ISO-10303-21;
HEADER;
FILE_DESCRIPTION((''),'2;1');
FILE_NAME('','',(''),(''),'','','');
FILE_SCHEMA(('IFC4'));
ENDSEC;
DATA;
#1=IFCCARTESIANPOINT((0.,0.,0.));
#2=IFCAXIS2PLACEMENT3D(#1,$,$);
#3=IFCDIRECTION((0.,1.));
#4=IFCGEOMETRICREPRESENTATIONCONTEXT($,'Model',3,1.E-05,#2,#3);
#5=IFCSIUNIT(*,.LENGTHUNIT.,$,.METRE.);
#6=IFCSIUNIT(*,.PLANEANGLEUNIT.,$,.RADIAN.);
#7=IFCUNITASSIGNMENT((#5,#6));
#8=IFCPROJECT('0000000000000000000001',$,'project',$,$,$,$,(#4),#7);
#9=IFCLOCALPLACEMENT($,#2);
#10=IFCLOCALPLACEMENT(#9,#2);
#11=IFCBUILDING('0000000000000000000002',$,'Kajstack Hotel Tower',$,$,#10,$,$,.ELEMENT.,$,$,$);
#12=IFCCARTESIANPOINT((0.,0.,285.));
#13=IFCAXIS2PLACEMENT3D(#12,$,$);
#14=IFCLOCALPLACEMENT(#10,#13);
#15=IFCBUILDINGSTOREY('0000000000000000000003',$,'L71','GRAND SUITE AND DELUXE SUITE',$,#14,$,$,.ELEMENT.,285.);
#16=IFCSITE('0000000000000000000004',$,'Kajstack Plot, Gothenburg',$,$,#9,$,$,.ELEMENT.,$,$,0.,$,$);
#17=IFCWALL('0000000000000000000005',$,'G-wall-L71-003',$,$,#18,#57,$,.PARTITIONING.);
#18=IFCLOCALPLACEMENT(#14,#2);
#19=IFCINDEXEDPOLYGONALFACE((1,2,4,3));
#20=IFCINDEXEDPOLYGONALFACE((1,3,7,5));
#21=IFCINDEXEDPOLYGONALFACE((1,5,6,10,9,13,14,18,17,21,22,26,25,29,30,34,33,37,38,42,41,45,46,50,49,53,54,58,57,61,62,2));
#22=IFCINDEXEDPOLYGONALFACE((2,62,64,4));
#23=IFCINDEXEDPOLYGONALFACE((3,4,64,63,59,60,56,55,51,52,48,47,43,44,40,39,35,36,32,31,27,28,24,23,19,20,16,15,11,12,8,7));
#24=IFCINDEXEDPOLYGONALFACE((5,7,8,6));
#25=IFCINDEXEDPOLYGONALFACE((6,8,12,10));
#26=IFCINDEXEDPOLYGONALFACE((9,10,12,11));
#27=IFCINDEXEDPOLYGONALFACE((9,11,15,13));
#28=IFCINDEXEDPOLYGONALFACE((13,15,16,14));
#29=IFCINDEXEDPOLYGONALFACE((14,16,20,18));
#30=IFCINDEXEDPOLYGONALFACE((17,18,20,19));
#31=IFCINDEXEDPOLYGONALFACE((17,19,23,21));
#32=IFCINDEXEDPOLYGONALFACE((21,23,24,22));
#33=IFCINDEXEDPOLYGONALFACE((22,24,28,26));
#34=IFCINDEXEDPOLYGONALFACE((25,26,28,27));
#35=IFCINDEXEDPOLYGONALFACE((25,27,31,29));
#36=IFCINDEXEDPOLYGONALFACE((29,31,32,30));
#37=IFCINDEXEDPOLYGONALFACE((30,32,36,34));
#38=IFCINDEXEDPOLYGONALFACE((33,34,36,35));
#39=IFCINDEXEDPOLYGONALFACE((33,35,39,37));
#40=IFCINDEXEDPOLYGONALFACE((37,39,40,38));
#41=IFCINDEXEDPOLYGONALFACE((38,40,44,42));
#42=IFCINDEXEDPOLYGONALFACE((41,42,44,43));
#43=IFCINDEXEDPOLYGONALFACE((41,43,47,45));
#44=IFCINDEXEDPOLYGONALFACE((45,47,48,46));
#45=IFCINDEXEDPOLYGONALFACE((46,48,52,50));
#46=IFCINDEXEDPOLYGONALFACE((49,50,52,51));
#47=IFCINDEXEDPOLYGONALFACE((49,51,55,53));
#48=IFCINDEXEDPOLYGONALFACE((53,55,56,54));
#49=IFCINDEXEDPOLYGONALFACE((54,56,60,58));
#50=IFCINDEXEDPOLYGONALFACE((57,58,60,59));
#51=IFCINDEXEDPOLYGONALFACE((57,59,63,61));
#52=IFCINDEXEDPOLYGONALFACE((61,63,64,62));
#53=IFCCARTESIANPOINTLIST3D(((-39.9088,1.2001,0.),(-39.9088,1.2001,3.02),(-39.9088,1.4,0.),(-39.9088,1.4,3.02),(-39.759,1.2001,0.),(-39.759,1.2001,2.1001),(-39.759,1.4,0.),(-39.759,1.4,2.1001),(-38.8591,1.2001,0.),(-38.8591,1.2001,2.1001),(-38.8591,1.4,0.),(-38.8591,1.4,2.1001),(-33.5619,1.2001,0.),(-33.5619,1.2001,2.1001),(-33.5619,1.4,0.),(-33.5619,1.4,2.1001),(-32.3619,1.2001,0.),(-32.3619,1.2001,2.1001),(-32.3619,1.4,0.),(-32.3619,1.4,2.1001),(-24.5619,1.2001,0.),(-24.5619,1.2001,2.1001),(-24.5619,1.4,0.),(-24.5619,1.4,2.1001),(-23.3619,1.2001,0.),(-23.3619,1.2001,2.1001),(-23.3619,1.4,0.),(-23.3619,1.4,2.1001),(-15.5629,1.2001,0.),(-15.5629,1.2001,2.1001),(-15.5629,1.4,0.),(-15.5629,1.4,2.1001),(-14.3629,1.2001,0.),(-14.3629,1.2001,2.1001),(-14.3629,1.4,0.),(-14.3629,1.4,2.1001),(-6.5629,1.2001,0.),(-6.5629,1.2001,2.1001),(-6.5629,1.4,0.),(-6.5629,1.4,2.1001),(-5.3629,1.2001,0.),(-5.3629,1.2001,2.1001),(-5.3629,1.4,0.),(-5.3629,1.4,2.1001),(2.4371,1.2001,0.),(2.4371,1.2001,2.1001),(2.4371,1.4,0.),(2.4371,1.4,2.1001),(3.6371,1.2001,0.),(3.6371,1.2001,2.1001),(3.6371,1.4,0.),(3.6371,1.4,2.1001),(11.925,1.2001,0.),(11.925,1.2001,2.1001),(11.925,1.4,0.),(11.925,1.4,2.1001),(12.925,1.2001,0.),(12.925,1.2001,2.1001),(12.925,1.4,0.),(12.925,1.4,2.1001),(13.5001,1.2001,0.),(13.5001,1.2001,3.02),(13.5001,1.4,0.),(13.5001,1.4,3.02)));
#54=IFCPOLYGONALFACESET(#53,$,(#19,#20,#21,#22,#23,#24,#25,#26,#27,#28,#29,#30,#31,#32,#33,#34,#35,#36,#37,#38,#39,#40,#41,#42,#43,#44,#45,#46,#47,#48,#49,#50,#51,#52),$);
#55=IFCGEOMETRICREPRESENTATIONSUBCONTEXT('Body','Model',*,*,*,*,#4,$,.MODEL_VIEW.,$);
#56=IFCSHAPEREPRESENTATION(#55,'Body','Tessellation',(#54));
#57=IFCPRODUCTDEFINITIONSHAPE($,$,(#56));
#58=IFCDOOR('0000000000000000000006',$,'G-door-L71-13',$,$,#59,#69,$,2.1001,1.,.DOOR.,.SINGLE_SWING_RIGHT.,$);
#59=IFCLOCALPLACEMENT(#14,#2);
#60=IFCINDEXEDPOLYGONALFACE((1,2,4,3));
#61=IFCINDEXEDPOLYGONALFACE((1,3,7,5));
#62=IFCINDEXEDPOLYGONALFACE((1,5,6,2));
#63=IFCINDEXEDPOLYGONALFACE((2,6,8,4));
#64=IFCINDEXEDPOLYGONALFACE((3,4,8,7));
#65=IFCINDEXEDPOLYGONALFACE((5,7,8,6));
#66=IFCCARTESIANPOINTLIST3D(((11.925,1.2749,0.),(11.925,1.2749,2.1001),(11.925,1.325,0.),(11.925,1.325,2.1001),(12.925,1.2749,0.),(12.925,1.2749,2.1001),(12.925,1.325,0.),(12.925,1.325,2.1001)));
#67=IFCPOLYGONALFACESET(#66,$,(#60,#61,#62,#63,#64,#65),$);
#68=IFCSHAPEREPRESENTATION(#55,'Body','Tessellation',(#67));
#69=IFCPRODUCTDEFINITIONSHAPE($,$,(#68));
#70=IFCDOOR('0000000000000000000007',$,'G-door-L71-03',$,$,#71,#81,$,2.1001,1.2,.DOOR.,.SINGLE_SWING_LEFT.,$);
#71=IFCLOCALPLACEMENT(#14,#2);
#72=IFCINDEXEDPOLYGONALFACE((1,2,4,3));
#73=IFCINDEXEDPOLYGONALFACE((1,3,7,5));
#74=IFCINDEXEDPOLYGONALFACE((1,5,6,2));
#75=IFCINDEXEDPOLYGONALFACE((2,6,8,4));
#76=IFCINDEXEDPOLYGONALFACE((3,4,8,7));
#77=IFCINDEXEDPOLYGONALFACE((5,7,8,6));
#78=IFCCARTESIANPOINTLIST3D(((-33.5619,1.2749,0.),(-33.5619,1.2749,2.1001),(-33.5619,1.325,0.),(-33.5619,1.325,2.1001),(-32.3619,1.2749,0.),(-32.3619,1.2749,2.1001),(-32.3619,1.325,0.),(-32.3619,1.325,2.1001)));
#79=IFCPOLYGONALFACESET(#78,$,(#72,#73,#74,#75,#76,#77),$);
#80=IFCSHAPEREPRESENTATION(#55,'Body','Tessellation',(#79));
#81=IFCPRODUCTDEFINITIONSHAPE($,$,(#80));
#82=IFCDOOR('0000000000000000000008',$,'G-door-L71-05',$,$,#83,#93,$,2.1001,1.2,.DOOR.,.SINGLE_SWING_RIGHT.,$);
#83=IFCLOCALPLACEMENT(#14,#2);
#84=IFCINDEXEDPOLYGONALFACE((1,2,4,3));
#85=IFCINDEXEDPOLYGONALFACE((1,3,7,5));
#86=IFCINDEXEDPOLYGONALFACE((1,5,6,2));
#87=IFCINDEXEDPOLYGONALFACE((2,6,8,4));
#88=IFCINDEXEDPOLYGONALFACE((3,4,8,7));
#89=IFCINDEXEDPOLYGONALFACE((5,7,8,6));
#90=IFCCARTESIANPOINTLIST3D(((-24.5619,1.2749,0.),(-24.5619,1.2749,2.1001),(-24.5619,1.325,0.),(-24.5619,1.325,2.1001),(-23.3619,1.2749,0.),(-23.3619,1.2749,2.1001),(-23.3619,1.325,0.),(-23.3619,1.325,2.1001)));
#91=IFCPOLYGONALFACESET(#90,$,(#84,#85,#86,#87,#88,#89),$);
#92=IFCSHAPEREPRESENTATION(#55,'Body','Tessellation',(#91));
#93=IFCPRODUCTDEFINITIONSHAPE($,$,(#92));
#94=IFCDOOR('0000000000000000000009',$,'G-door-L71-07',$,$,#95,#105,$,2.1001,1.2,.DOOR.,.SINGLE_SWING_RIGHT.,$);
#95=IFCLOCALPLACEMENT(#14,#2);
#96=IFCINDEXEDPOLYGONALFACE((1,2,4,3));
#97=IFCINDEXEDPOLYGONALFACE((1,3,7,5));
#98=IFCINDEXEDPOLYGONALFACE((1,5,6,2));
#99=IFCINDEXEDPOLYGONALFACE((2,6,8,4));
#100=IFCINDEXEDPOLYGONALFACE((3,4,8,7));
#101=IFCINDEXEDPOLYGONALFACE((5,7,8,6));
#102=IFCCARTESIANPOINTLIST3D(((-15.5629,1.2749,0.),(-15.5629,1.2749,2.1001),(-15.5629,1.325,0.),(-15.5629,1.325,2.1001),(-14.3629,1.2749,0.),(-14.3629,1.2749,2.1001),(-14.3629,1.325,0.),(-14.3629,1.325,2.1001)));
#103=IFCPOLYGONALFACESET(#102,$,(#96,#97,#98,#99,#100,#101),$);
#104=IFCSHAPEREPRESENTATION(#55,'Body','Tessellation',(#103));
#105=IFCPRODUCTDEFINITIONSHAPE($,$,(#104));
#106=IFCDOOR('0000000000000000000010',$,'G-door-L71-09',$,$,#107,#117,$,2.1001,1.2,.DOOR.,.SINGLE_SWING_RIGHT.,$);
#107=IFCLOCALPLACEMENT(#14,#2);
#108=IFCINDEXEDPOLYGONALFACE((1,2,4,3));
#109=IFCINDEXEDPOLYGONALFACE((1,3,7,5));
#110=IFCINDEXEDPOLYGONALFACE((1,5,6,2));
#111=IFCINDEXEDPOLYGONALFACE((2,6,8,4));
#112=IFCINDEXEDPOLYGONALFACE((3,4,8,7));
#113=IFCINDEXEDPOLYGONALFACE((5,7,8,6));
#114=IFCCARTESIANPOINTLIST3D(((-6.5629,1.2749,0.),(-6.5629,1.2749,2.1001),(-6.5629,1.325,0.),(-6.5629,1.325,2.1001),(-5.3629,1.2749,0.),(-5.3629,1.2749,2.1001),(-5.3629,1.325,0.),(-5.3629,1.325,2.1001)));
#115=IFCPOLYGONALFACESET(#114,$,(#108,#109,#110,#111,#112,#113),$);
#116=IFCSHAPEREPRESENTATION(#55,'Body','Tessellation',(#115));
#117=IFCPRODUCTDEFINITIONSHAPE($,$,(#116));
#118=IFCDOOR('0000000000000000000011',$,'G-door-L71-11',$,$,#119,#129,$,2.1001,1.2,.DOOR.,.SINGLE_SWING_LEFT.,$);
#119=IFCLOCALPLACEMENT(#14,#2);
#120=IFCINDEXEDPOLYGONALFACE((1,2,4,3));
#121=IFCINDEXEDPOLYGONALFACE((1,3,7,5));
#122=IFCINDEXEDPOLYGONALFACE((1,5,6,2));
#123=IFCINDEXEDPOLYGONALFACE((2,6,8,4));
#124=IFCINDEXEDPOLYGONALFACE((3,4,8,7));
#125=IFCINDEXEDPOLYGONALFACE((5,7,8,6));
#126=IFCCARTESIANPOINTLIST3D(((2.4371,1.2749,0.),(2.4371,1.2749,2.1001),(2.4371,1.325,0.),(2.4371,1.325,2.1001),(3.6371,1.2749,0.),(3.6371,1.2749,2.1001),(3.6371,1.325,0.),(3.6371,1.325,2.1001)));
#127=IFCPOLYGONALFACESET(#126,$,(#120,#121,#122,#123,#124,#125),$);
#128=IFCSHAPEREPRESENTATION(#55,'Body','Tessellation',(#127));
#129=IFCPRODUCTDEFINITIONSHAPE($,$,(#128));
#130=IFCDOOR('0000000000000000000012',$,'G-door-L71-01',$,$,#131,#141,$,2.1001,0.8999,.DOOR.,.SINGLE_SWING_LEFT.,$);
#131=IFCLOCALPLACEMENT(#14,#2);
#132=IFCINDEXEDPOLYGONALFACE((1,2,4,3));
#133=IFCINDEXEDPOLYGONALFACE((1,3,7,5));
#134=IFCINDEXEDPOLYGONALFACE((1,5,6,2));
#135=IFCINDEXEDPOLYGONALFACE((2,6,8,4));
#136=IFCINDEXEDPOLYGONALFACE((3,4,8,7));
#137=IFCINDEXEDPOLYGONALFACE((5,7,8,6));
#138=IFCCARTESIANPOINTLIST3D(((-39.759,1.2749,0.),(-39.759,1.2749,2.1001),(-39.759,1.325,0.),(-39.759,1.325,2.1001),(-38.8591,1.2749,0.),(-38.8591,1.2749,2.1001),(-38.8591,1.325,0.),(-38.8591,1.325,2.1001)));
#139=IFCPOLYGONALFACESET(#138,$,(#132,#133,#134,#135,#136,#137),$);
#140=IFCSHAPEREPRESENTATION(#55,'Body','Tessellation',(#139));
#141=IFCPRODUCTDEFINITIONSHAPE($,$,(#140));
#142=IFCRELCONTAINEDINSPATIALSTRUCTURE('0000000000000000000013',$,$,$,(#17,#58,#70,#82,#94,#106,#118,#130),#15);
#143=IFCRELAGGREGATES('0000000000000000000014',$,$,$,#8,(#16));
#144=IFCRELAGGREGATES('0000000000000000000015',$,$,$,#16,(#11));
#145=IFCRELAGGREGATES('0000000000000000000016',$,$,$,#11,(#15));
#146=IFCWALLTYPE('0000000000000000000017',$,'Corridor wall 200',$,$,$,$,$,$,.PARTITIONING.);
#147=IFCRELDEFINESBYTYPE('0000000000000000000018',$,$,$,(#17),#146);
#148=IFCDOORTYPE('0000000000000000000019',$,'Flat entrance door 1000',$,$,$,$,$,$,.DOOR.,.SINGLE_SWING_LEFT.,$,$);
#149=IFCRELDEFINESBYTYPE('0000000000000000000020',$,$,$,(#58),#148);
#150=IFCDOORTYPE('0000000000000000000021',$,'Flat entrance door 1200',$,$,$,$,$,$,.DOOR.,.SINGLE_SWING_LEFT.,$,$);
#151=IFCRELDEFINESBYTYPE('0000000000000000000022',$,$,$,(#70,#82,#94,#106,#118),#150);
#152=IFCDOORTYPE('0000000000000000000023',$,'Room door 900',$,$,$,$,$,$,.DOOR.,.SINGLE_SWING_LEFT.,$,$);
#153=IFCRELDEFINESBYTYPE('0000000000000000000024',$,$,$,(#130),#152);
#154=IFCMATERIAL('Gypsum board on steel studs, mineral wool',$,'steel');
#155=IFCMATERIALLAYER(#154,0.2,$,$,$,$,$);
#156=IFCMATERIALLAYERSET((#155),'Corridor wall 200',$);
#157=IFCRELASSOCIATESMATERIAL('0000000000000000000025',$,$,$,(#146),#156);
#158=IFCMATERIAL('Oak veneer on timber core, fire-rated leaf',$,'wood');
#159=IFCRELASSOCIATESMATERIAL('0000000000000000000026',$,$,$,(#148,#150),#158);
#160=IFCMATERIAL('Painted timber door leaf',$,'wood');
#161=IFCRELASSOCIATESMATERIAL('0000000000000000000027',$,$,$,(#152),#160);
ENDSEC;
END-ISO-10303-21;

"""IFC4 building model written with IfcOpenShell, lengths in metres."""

from ifc_helpers import new_model, si_unit, direction, frame, frame_2d, origin, place, context, subcontext, project, spatial, rectangle, extrude, material, layer, layer_set, type_object, element, fill, save


model = new_model("IFC4")

# Units and contexts
model_context = context("Model", 3, precision=1e-05, world=origin(), true_north=direction((0.0, 1.0)))
body_context = subcontext(model_context, "Body", "Model", "MODEL_VIEW")
ifc_project = project(units=[si_unit("LENGTHUNIT", "METRE"), si_unit("PLANEANGLEUNIT", "RADIAN")], contexts=[model_context])

# Site, building, storey
site_placement = place(None, origin())
site = spatial("IfcSite", under=ifc_project, at=site_placement, Name="Kajstack Plot, Gothenburg", CompositionType="ELEMENT", RefElevation=0.0)
building_placement = place(site_placement, origin())
building = spatial("IfcBuilding", under=site, at=building_placement, Name="Kajstack Hotel Tower", CompositionType="ELEMENT")
storey_placement = place(building_placement, frame((0.0, 0.0, 285.0)))
storey = spatial("IfcBuildingStorey", under=building, at=storey_placement, Name="L71", Description="GRAND SUITE AND DELUXE SUITE", CompositionType="ELEMENT", Elevation=285.0)

# Wall, openings, doors
ifc_material_1 = material(Name="Gypsum board on steel studs, mineral wool", Category="steel")
ifc_layer_1 = layer(ifc_material_1, 0.2)
ifc_layer_set_1 = layer_set([ifc_layer_1], Name="Corridor wall 200")
wall_type_1 = type_object("IfcWallType", Name="Corridor wall 200", PredefinedType="PARTITIONING", material=ifc_layer_set_1)
wall_1_placement = place(storey_placement, frame((-39.9089, 1.3, 0.0), z_axis=(0.0, 0.0, 1.0), x_axis=(1.0, 0.0, 0.0)))
wall_1 = element("IfcWall", 1, at=wall_1_placement, inside=storey, type_object=wall_type_1, Name="G-wall-L71-003", PredefinedType="PARTITIONING", context=body_context, shape_type="SweptSolid", body=[
    extrude(rectangle(XDim=53.4089, YDim=0.2, at=frame_2d((26.7046, 0.0))), origin(), (0.0, 0.0, 1.0), 3.02),
])
opening_1_placement = place(wall_1_placement, frame((0.1499, 0.0, 0.0)))
opening_1 = element("IfcOpeningElement", 2, at=opening_1_placement, cuts=wall_1, PredefinedType="OPENING", context=body_context, shape_type="SweptSolid", body=[
    extrude(rectangle(XDim=0.8999, YDim=2.1001, at=frame_2d((0.45, 1.05))), frame((0.0, 0.1099, 0.0), z_axis=(0.0, -1.0, 0.0), x_axis=(1.0, 0.0, 0.0)), (0.0, 0.0, 1.0), 0.22),
])
opening_2_placement = place(wall_1_placement, frame((6.3469, 0.0, 0.0)))
opening_2 = element("IfcOpeningElement", 3, at=opening_2_placement, cuts=wall_1, PredefinedType="OPENING", context=body_context, shape_type="SweptSolid", body=[
    extrude(rectangle(XDim=1.2, YDim=2.1001, at=frame_2d((0.6001, 1.05))), frame((0.0, 0.1099, 0.0), z_axis=(0.0, -1.0, 0.0), x_axis=(1.0, 0.0, 0.0)), (0.0, 0.0, 1.0), 0.22),
])
opening_3_placement = place(wall_1_placement, frame((15.3469, 0.0, 0.0)))
opening_3 = element("IfcOpeningElement", 4, at=opening_3_placement, cuts=wall_1, PredefinedType="OPENING", context=body_context, shape_type="SweptSolid", body=[
    extrude(rectangle(XDim=1.2, YDim=2.1001, at=frame_2d((0.6001, 1.05))), frame((0.0, 0.1099, 0.0), z_axis=(0.0, -1.0, 0.0), x_axis=(1.0, 0.0, 0.0)), (0.0, 0.0, 1.0), 0.22),
])
opening_4_placement = place(wall_1_placement, frame((24.3459, 0.0, 0.0)))
opening_4 = element("IfcOpeningElement", 5, at=opening_4_placement, cuts=wall_1, PredefinedType="OPENING", context=body_context, shape_type="SweptSolid", body=[
    extrude(rectangle(XDim=1.2, YDim=2.1001, at=frame_2d((0.6001, 1.05))), frame((0.0, 0.1099, 0.0), z_axis=(0.0, -1.0, 0.0), x_axis=(1.0, 0.0, 0.0)), (0.0, 0.0, 1.0), 0.22),
])
opening_5_placement = place(wall_1_placement, frame((33.3459, 0.0, 0.0)))
opening_5 = element("IfcOpeningElement", 6, at=opening_5_placement, cuts=wall_1, PredefinedType="OPENING", context=body_context, shape_type="SweptSolid", body=[
    extrude(rectangle(XDim=1.2, YDim=2.1001, at=frame_2d((0.6001, 1.05))), frame((0.0, 0.1099, 0.0), z_axis=(0.0, -1.0, 0.0), x_axis=(1.0, 0.0, 0.0)), (0.0, 0.0, 1.0), 0.22),
])
opening_6_placement = place(wall_1_placement, frame((42.3459, 0.0, 0.0)))
opening_6 = element("IfcOpeningElement", 7, at=opening_6_placement, cuts=wall_1, PredefinedType="OPENING", context=body_context, shape_type="SweptSolid", body=[
    extrude(rectangle(XDim=1.2, YDim=2.1001, at=frame_2d((0.6001, 1.05))), frame((0.0, 0.1099, 0.0), z_axis=(0.0, -1.0, 0.0), x_axis=(1.0, 0.0, 0.0)), (0.0, 0.0, 1.0), 0.22),
])
opening_7_placement = place(wall_1_placement, frame((51.834, 0.0, 0.0)))
opening_7 = element("IfcOpeningElement", 8, at=opening_7_placement, cuts=wall_1, PredefinedType="OPENING", context=body_context, shape_type="SweptSolid", body=[
    extrude(rectangle(XDim=1.0, YDim=2.1001, at=frame_2d((0.5, 1.05))), frame((0.0, 0.1099, 0.0), z_axis=(0.0, -1.0, 0.0), x_axis=(1.0, 0.0, 0.0)), (0.0, 0.0, 1.0), 0.22),
])
ifc_material_2 = material(Name="Oak veneer on timber core, fire-rated leaf", Category="wood")
door_type_1 = type_object("IfcDoorType", Name="Flat entrance door 1000", OperationType="SINGLE_SWING_LEFT", PredefinedType="DOOR", material=ifc_material_2)
door_1_placement = place(opening_7_placement, origin())
door_1 = element("IfcDoor", 9, at=door_1_placement, inside=storey, type_object=door_type_1, Name="G-door-L71-13", OperationType="SINGLE_SWING_RIGHT", OverallHeight=2.1001, OverallWidth=1.0, PredefinedType="DOOR", context=body_context, shape_type="SweptSolid", body=[
    extrude(rectangle(XDim=1.0, YDim=2.1001, at=frame_2d((0.5, 1.05))), frame((0.0, 0.0249, 0.0), z_axis=(0.0, -1.0, 0.0), x_axis=(1.0, 0.0, 0.0)), (0.0, 0.0, 1.0), 0.05),
])
fill(opening_7, door_1)
door_type_2 = type_object("IfcDoorType", Name="Flat entrance door 1200", OperationType="SINGLE_SWING_LEFT", PredefinedType="DOOR", material=ifc_material_2)
door_2_placement = place(opening_2_placement, origin())
door_2 = element("IfcDoor", 10, at=door_2_placement, inside=storey, type_object=door_type_2, Name="G-door-L71-03", OperationType="SINGLE_SWING_LEFT", OverallHeight=2.1001, OverallWidth=1.2, PredefinedType="DOOR", context=body_context, shape_type="SweptSolid", body=[
    extrude(rectangle(XDim=1.2, YDim=2.1001, at=frame_2d((0.6001, 1.05))), frame((0.0, 0.0249, 0.0), z_axis=(0.0, -1.0, 0.0), x_axis=(1.0, 0.0, 0.0)), (0.0, 0.0, 1.0), 0.05),
])
fill(opening_2, door_2)
door_3_placement = place(opening_3_placement, origin())
door_3 = element("IfcDoor", 11, at=door_3_placement, inside=storey, type_object=door_type_2, Name="G-door-L71-05", OperationType="SINGLE_SWING_RIGHT", OverallHeight=2.1001, OverallWidth=1.2, PredefinedType="DOOR", context=body_context, shape_type="SweptSolid", body=[
    extrude(rectangle(XDim=1.2, YDim=2.1001, at=frame_2d((0.6001, 1.05))), frame((0.0, 0.0249, 0.0), z_axis=(0.0, -1.0, 0.0), x_axis=(1.0, 0.0, 0.0)), (0.0, 0.0, 1.0), 0.05),
])
fill(opening_3, door_3)
door_4_placement = place(opening_4_placement, origin())
door_4 = element("IfcDoor", 12, at=door_4_placement, inside=storey, type_object=door_type_2, Name="G-door-L71-07", OperationType="SINGLE_SWING_RIGHT", OverallHeight=2.1001, OverallWidth=1.2, PredefinedType="DOOR", context=body_context, shape_type="SweptSolid", body=[
    extrude(rectangle(XDim=1.2, YDim=2.1001, at=frame_2d((0.6001, 1.05))), frame((0.0, 0.0249, 0.0), z_axis=(0.0, -1.0, 0.0), x_axis=(1.0, 0.0, 0.0)), (0.0, 0.0, 1.0), 0.05),
])
fill(opening_4, door_4)
door_5_placement = place(opening_5_placement, origin())
door_5 = element("IfcDoor", 13, at=door_5_placement, inside=storey, type_object=door_type_2, Name="G-door-L71-09", OperationType="SINGLE_SWING_RIGHT", OverallHeight=2.1001, OverallWidth=1.2, PredefinedType="DOOR", context=body_context, shape_type="SweptSolid", body=[
    extrude(rectangle(XDim=1.2, YDim=2.1001, at=frame_2d((0.6001, 1.05))), frame((0.0, 0.0249, 0.0), z_axis=(0.0, -1.0, 0.0), x_axis=(1.0, 0.0, 0.0)), (0.0, 0.0, 1.0), 0.05),
])
fill(opening_5, door_5)
door_6_placement = place(opening_6_placement, origin())
door_6 = element("IfcDoor", 14, at=door_6_placement, inside=storey, type_object=door_type_2, Name="G-door-L71-11", OperationType="SINGLE_SWING_LEFT", OverallHeight=2.1001, OverallWidth=1.2, PredefinedType="DOOR", context=body_context, shape_type="SweptSolid", body=[
    extrude(rectangle(XDim=1.2, YDim=2.1001, at=frame_2d((0.6001, 1.05))), frame((0.0, 0.0249, 0.0), z_axis=(0.0, -1.0, 0.0), x_axis=(1.0, 0.0, 0.0)), (0.0, 0.0, 1.0), 0.05),
])
fill(opening_6, door_6)
ifc_material_3 = material(Name="Painted timber door leaf", Category="wood")
door_type_3 = type_object("IfcDoorType", Name="Room door 900", OperationType="SINGLE_SWING_LEFT", PredefinedType="DOOR", material=ifc_material_3)
door_7_placement = place(opening_1_placement, origin())
door_7 = element("IfcDoor", 15, at=door_7_placement, inside=storey, type_object=door_type_3, Name="G-door-L71-01", OperationType="SINGLE_SWING_LEFT", OverallHeight=2.1001, OverallWidth=0.8999, PredefinedType="DOOR", context=body_context, shape_type="SweptSolid", body=[
    extrude(rectangle(XDim=0.8999, YDim=2.1001, at=frame_2d((0.45, 1.05))), frame((0.0, 0.0249, 0.0), z_axis=(0.0, -1.0, 0.0), x_axis=(1.0, 0.0, 0.0)), (0.0, 0.0, 1.0), 0.05),
])
fill(opening_1, door_7)

save(model, "model.ifc")
